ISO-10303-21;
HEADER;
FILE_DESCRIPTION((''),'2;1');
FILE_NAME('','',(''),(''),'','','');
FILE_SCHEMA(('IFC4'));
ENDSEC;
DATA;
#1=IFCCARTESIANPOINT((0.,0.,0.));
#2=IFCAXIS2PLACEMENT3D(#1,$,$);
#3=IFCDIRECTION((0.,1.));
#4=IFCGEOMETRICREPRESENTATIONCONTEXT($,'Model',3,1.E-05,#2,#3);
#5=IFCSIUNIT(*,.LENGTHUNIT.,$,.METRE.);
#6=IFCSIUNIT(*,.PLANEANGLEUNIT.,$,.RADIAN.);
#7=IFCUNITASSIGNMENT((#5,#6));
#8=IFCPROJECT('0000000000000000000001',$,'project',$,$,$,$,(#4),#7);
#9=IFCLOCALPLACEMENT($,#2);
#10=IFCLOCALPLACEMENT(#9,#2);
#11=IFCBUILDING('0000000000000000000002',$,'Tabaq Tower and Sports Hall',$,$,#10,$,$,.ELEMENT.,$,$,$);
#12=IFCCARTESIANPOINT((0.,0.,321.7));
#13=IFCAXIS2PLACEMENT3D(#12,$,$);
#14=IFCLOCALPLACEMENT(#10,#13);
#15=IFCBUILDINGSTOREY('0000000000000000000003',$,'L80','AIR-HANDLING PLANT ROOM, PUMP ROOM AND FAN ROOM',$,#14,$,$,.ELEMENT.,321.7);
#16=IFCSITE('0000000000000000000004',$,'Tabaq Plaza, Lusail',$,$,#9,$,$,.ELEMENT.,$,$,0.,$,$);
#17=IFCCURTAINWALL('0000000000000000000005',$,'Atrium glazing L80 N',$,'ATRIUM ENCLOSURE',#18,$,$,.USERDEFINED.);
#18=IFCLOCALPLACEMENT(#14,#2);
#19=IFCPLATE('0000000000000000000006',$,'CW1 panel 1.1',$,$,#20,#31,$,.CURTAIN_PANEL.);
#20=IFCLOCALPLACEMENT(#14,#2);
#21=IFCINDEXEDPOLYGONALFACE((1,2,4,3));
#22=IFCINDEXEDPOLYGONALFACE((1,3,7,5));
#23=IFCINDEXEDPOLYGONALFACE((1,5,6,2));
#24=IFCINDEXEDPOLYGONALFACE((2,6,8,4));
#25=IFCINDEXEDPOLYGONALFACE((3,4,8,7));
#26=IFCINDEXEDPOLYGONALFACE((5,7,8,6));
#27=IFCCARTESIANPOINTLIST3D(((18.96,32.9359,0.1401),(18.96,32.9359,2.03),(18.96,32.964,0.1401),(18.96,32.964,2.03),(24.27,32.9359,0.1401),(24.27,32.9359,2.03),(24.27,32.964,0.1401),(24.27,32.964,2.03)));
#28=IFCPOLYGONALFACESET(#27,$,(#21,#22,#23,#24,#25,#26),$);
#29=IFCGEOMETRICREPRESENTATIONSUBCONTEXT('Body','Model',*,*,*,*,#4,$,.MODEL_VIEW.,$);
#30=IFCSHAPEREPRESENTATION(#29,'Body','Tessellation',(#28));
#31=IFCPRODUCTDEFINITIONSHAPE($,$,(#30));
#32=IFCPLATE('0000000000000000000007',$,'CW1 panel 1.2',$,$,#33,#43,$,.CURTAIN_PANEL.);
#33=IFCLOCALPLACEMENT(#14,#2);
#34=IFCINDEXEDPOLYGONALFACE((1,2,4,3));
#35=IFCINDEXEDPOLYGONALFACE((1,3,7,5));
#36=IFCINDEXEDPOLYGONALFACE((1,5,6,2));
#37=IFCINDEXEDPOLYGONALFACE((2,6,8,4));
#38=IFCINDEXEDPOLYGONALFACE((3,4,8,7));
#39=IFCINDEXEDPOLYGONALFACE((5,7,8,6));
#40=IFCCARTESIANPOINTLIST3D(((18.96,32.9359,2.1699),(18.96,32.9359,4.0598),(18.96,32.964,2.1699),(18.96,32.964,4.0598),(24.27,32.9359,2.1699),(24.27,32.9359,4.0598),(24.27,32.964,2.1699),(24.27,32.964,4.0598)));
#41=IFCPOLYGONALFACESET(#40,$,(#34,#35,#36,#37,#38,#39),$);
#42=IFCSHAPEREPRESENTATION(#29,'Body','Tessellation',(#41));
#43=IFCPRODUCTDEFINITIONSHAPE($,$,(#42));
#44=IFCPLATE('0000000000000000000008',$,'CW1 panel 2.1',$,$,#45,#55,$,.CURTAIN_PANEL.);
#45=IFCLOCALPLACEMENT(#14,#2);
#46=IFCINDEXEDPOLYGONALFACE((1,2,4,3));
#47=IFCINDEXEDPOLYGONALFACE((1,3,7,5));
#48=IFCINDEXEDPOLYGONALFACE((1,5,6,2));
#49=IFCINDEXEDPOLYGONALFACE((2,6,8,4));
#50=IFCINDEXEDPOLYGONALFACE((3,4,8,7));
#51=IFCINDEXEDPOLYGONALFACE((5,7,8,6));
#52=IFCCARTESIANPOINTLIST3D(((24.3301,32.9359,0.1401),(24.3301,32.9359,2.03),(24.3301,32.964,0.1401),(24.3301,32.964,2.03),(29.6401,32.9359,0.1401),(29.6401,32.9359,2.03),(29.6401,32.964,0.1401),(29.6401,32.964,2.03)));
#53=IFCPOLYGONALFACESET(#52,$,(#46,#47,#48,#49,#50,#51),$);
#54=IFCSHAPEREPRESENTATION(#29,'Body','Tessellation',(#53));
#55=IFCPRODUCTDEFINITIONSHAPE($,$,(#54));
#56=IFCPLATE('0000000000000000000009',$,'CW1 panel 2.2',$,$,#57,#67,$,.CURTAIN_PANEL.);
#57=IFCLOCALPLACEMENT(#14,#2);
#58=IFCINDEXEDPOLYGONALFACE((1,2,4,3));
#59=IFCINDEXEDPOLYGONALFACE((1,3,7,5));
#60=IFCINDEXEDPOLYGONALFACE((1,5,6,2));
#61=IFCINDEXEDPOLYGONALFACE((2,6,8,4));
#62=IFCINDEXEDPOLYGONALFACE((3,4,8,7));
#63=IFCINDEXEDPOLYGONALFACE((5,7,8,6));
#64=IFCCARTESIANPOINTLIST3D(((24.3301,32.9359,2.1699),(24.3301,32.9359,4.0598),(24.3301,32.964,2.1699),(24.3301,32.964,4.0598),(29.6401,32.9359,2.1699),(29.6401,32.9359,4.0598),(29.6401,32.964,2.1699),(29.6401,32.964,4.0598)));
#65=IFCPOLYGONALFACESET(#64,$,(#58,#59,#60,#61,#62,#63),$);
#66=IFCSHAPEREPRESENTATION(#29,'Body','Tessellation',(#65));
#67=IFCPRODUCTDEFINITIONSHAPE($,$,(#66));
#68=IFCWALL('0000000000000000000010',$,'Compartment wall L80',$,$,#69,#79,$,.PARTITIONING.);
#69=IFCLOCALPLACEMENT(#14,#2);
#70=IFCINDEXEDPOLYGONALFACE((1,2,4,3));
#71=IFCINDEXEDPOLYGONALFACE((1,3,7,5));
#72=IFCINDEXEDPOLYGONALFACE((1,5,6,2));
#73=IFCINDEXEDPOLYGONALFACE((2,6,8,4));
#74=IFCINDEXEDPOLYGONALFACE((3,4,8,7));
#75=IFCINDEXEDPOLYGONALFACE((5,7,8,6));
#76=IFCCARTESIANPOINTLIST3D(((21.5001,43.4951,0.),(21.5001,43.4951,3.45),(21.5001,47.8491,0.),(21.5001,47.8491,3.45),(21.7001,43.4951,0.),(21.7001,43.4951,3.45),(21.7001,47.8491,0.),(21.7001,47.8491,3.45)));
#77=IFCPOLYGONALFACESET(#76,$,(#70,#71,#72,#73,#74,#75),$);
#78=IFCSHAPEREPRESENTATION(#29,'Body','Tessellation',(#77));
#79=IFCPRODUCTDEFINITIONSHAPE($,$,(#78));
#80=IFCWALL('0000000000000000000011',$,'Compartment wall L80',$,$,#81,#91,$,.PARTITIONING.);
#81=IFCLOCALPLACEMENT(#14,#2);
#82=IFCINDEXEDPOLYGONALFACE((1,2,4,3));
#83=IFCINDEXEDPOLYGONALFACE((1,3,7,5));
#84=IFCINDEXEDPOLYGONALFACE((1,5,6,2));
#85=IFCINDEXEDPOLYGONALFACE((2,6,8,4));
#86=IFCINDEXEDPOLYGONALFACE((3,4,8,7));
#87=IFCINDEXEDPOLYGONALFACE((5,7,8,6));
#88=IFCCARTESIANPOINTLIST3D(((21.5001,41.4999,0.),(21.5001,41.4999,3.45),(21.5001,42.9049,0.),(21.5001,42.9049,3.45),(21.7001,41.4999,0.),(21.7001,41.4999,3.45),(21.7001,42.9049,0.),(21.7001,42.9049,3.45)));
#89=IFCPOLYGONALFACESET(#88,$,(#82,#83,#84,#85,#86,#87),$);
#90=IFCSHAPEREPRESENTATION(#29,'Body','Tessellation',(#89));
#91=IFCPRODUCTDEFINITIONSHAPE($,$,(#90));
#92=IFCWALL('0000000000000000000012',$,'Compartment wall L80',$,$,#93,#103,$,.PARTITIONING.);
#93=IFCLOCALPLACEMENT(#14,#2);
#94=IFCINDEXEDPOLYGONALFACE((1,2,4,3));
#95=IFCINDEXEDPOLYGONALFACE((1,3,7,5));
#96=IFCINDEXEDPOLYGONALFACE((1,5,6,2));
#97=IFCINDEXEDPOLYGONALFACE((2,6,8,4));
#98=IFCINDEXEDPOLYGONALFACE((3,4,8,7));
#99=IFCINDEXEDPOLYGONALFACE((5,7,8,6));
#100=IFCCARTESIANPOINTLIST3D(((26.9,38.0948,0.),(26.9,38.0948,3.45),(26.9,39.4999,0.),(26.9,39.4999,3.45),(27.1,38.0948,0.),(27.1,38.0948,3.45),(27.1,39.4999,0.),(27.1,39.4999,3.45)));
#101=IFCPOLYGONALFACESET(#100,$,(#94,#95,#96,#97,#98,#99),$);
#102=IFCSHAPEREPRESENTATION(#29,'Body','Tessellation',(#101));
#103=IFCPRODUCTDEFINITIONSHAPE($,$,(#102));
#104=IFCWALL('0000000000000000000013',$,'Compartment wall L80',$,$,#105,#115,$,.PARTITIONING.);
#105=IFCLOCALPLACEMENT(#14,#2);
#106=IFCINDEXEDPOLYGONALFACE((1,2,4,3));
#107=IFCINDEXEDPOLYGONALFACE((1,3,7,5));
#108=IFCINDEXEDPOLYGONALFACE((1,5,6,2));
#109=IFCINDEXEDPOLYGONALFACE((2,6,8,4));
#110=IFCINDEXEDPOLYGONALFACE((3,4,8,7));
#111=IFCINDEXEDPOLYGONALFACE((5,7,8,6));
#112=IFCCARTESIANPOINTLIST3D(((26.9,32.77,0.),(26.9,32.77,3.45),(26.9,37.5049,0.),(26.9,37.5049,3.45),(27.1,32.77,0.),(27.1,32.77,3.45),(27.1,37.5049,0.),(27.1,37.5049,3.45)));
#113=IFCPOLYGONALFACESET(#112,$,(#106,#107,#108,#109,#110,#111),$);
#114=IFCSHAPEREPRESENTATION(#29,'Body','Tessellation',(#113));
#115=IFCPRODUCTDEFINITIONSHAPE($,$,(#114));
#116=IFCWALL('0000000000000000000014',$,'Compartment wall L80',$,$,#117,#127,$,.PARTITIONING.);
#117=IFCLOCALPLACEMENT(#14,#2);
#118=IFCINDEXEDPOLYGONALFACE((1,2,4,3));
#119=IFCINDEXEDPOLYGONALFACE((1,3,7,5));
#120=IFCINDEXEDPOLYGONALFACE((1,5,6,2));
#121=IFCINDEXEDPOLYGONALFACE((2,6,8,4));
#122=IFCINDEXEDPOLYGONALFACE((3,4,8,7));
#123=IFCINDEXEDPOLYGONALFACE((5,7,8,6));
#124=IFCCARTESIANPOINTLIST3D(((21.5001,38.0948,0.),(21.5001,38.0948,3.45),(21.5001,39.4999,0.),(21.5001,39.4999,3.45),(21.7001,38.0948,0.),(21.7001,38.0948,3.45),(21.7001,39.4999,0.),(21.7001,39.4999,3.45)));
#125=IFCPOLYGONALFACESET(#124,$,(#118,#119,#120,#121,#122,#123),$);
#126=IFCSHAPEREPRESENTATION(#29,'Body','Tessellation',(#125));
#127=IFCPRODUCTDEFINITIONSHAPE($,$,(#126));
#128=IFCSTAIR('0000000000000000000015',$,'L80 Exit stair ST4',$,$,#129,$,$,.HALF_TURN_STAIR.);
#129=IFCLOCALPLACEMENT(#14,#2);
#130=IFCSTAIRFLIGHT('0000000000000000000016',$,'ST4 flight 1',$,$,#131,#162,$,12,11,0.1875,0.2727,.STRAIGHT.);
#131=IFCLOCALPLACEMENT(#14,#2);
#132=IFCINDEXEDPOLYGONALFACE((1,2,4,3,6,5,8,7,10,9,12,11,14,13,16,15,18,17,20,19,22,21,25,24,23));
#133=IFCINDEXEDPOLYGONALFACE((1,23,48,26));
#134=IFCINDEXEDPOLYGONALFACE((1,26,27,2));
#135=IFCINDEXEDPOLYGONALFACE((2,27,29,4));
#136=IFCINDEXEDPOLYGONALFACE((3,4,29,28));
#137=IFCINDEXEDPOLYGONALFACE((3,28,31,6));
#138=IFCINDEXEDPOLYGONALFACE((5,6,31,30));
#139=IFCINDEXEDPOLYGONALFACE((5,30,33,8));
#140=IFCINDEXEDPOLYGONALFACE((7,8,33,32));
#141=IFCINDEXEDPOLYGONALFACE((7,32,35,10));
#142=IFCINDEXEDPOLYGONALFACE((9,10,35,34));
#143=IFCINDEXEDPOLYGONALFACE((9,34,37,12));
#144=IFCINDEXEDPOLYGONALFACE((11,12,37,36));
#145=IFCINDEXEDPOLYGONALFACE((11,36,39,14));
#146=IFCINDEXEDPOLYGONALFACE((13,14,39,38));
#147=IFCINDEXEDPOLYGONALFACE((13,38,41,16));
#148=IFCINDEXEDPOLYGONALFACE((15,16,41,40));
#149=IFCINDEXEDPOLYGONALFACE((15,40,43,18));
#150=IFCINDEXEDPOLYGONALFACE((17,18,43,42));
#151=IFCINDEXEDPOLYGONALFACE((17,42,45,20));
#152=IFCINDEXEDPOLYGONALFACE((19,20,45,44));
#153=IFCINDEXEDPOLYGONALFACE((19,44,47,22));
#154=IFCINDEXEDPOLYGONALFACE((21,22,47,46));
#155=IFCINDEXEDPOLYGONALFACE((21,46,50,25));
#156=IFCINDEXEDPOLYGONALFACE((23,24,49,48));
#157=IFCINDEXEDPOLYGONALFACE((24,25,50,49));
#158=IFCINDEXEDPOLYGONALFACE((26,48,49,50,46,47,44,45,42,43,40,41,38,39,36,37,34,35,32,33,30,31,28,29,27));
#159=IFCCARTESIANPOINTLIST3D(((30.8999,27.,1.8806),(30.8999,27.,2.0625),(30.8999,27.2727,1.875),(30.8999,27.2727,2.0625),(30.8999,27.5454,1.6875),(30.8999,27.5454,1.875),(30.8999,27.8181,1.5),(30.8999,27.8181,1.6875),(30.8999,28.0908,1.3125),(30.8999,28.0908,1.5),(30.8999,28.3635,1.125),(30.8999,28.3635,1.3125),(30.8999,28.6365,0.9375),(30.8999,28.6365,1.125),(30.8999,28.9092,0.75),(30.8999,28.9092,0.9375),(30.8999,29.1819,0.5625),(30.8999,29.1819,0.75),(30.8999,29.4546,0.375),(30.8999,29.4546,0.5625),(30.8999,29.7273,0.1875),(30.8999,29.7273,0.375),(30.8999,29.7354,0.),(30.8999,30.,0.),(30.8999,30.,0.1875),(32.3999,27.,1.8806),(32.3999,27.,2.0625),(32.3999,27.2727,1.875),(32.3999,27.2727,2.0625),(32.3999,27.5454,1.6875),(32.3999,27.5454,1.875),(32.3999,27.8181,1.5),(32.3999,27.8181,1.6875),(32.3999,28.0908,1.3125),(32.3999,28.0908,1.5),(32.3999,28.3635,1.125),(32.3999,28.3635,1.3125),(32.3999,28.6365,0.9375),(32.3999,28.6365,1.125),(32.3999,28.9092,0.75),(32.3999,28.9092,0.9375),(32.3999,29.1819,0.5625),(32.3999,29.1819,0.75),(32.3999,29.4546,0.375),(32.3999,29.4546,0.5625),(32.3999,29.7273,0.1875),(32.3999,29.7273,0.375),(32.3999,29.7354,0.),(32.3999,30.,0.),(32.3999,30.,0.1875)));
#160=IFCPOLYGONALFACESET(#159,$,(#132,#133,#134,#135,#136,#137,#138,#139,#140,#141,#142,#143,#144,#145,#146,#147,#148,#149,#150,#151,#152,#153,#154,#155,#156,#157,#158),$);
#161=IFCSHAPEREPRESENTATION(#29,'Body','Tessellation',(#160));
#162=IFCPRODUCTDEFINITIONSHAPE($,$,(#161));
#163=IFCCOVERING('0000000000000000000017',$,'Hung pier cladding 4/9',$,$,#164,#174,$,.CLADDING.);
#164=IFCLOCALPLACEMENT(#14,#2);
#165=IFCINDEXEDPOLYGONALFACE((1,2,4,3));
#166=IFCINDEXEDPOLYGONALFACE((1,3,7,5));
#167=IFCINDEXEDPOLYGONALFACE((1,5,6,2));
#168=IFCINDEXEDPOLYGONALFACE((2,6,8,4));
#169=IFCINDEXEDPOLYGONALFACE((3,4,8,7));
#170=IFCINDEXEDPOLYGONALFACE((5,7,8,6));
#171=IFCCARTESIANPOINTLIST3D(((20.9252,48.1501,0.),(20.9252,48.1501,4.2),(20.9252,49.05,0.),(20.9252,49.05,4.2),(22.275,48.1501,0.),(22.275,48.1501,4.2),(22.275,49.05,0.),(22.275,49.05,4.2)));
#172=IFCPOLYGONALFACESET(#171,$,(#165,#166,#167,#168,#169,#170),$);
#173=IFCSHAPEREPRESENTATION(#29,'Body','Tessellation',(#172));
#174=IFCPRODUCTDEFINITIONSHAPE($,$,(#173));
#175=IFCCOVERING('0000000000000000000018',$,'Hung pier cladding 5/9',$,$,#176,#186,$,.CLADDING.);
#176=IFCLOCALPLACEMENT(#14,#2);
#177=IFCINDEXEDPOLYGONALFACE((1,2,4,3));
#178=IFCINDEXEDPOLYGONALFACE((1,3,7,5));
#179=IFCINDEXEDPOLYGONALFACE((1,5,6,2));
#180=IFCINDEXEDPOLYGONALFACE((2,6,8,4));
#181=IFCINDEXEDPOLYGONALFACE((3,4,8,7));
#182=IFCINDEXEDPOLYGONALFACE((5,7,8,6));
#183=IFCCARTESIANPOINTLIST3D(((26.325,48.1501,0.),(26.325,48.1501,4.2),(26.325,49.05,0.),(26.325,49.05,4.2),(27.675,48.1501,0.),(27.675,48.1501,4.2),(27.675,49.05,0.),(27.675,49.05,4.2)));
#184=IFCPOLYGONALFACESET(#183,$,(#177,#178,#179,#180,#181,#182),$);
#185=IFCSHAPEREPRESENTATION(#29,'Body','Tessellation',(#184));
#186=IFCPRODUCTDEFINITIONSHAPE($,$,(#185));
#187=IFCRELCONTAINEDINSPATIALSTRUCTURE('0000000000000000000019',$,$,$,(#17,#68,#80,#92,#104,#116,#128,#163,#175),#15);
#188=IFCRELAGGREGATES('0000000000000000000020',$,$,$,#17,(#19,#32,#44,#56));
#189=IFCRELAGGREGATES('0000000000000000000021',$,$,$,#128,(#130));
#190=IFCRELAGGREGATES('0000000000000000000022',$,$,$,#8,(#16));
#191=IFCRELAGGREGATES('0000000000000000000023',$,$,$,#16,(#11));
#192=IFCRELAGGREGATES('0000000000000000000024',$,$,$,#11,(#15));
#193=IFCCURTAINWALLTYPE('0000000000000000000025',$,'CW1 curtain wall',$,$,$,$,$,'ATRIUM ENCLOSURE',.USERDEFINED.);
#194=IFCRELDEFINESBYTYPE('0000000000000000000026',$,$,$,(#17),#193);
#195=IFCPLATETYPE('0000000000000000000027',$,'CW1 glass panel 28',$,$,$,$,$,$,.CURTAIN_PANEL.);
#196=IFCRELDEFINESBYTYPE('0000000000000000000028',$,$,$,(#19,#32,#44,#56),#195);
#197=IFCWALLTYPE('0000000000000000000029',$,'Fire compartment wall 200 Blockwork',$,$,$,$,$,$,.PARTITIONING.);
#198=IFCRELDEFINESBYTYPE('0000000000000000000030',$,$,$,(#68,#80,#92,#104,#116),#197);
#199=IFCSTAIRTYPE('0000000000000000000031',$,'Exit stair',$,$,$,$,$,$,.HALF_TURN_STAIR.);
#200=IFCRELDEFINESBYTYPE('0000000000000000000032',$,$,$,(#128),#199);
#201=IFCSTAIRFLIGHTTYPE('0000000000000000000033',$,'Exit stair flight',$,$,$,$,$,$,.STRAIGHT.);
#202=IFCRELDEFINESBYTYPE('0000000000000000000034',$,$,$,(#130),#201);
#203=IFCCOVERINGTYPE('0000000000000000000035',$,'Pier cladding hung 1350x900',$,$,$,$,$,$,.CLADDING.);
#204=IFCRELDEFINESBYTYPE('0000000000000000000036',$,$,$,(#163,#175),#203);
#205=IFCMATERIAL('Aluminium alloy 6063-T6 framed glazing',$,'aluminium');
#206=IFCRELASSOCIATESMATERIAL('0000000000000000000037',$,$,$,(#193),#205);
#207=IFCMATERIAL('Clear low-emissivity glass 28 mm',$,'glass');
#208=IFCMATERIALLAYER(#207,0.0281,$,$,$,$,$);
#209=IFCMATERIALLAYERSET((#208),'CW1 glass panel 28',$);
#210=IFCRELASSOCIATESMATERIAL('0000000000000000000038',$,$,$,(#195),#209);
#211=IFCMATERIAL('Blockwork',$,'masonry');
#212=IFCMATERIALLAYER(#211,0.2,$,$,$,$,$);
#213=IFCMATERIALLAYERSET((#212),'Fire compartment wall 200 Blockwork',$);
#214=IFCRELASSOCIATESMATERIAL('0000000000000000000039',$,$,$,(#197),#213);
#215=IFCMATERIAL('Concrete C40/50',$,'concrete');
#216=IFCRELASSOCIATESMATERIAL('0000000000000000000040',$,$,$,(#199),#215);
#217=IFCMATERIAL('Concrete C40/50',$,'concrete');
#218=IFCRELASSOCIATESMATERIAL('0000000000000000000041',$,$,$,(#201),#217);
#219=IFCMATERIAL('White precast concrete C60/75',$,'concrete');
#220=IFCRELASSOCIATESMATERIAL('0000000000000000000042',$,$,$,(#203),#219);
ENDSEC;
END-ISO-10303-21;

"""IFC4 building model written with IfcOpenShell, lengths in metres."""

from ifc_helpers import new_model, si_unit, direction, frame, frame_2d, origin, origin_2d, place, context, subcontext, project, spatial, polyline, rectangle, outline, extrude, material, layer, layer_set, type_object, element, aggregate, save


model = new_model("IFC4")

# Units and contexts
model_context = context("Model", 3, precision=1e-05, world=origin(), true_north=direction((0.0, 1.0)))
body_context = subcontext(model_context, "Body", "Model", "MODEL_VIEW")
ifc_project = project(units=[si_unit("LENGTHUNIT", "METRE"), si_unit("PLANEANGLEUNIT", "RADIAN")], contexts=[model_context])

# Site, building, storey
site_placement = place(None, origin())
site = spatial("IfcSite", under=ifc_project, at=site_placement, Name="Tabaq Plaza, Lusail", CompositionType="ELEMENT", RefElevation=0.0)
building_placement = place(site_placement, origin())
building = spatial("IfcBuilding", under=site, at=building_placement, Name="Tabaq Tower and Sports Hall", CompositionType="ELEMENT")
storey_placement = place(building_placement, frame((0.0, 0.0, 321.7)))
storey = spatial("IfcBuildingStorey", under=building, at=storey_placement, Name="L80", Description="AIR-HANDLING PLANT ROOM, PUMP ROOM AND FAN ROOM", CompositionType="ELEMENT", Elevation=321.7)

# Curtain wall
ifc_material_1 = material(Name="Aluminium alloy 6063-T6 framed glazing", Category="aluminium")
curtain_wall_type = type_object("IfcCurtainWallType", Name="CW1 curtain wall", ElementType="ATRIUM ENCLOSURE", PredefinedType="USERDEFINED", material=ifc_material_1)
curtain_wall_placement = place(storey_placement, origin())
curtain_wall = element("IfcCurtainWall", 1, at=curtain_wall_placement, inside=storey, type_object=curtain_wall_type, Name="Atrium glazing L80 N", ObjectType="ATRIUM ENCLOSURE", PredefinedType="USERDEFINED")

# Plates
ifc_material_2 = material(Name="Clear low-emissivity glass 28 mm", Category="glass")
ifc_layer_1 = layer(ifc_material_2, 0.0281)
ifc_layer_set_1 = layer_set([ifc_layer_1], Name="CW1 glass panel 28")
plate_type = type_object("IfcPlateType", Name="CW1 glass panel 28", PredefinedType="CURTAIN_PANEL", material=ifc_layer_set_1)
plate_1_placement = place(storey_placement, frame((21.615, 32.95, 0.1401), z_axis=(0.0, 0.0, 1.0), x_axis=(1.0, 0.0, 0.0)))
plate_1 = element("IfcPlate", 2, at=plate_1_placement, type_object=plate_type, Name="CW1 panel 1.1", PredefinedType="CURTAIN_PANEL", context=body_context, shape_type="SweptSolid", body=[
    extrude(rectangle(XDim=5.3101, YDim=0.0281, at=origin_2d()), origin(), (0.0, 0.0, 1.0), 1.8899),
])
plate_2_placement = place(storey_placement, frame((21.615, 32.95, 2.1699), z_axis=(0.0, 0.0, 1.0), x_axis=(1.0, 0.0, 0.0)))
plate_2 = element("IfcPlate", 3, at=plate_2_placement, type_object=plate_type, Name="CW1 panel 1.2", PredefinedType="CURTAIN_PANEL", context=body_context, shape_type="SweptSolid", body=[
    extrude(rectangle(XDim=5.3101, YDim=0.0281, at=origin_2d()), origin(), (0.0, 0.0, 1.0), 1.8899),
])
plate_3_placement = place(storey_placement, frame((26.9851, 32.95, 0.1401), z_axis=(0.0, 0.0, 1.0), x_axis=(1.0, 0.0, 0.0)))
plate_3 = element("IfcPlate", 4, at=plate_3_placement, type_object=plate_type, Name="CW1 panel 2.1", PredefinedType="CURTAIN_PANEL", context=body_context, shape_type="SweptSolid", body=[
    extrude(rectangle(XDim=5.3101, YDim=0.0281, at=origin_2d()), origin(), (0.0, 0.0, 1.0), 1.8899),
])
plate_4_placement = place(storey_placement, frame((26.9851, 32.95, 2.1699), z_axis=(0.0, 0.0, 1.0), x_axis=(1.0, 0.0, 0.0)))
plate_4 = element("IfcPlate", 5, at=plate_4_placement, type_object=plate_type, Name="CW1 panel 2.2", PredefinedType="CURTAIN_PANEL", context=body_context, shape_type="SweptSolid", body=[
    extrude(rectangle(XDim=5.3101, YDim=0.0281, at=origin_2d()), origin(), (0.0, 0.0, 1.0), 1.8899),
])
aggregate(curtain_wall, [plate_1, plate_2, plate_3, plate_4])

# Walls
ifc_material_3 = material(Name="Blockwork", Category="masonry")
ifc_layer_2 = layer(ifc_material_3, 0.2)
ifc_layer_set_2 = layer_set([ifc_layer_2], Name="Fire compartment wall 200 Blockwork")
wall_type_1 = type_object("IfcWallType", Name="Fire compartment wall 200 Blockwork", PredefinedType="PARTITIONING", material=ifc_layer_set_2)
wall_1_placement = place(storey_placement, frame((21.6001, 47.8491, 0.0), z_axis=(0.0, 0.0, 1.0), x_axis=(0.0, -1.0, 0.0)))
element("IfcWall", 6, at=wall_1_placement, inside=storey, type_object=wall_type_1, Name="Compartment wall L80", PredefinedType="PARTITIONING", context=body_context, shape_type="SweptSolid", body=[
    extrude(rectangle(XDim=4.354, YDim=0.2, at=frame_2d((2.177, 0.0))), origin(), (0.0, 0.0, 1.0), 3.45),
])
for number, where, z_axis, x_axis, name in (
    (7, (21.6001, 42.905, 0.0), (0.0, 0.0, 1.0), (0.0, -1.0, 0.0), "Compartment wall L80"),
    (8, (27.0, 39.5, 0.0), (0.0, 0.0, 1.0), (0.0, -1.0, 0.0), "Compartment wall L80"),
):
    element("IfcWall", number, at=place(storey_placement, frame(where, z_axis=z_axis, x_axis=x_axis)), inside=storey, type_object=wall_type_1, Name=name, PredefinedType="PARTITIONING", context=body_context, shape_type="SweptSolid", body=[
        extrude(rectangle(XDim=1.405, YDim=0.2, at=frame_2d((0.7026, 0.0))), origin(), (0.0, 0.0, 1.0), 3.45),
    ])
wall_2_placement = place(storey_placement, frame((27.0, 37.5049, 0.0), z_axis=(0.0, 0.0, 1.0), x_axis=(0.0, -1.0, 0.0)))
element("IfcWall", 9, at=wall_2_placement, inside=storey, type_object=wall_type_1, Name="Compartment wall L80", PredefinedType="PARTITIONING", context=body_context, shape_type="SweptSolid", body=[
    extrude(rectangle(XDim=4.7349, YDim=0.2, at=frame_2d((2.3674, 0.0))), origin(), (0.0, 0.0, 1.0), 3.45),
])
wall_3_placement = place(storey_placement, frame((21.6001, 39.5, 0.0), z_axis=(0.0, 0.0, 1.0), x_axis=(0.0, -1.0, 0.0)))
element("IfcWall", 10, at=wall_3_placement, inside=storey, type_object=wall_type_1, Name="Compartment wall L80", PredefinedType="PARTITIONING", context=body_context, shape_type="SweptSolid", body=[
    extrude(rectangle(XDim=1.405, YDim=0.2, at=frame_2d((0.7026, 0.0))), origin(), (0.0, 0.0, 1.0), 3.45),
])

# Stair, stair flight
ifc_material_4 = material(Name="Concrete C40/50", Category="concrete")
stair_type = type_object("IfcStairType", Name="Exit stair", PredefinedType="HALF_TURN_STAIR", material=ifc_material_4)
stair_placement = place(storey_placement, origin())
stair = element("IfcStair", 11, at=stair_placement, inside=storey, type_object=stair_type, Name="L80 Exit stair ST4", PredefinedType="HALF_TURN_STAIR")
ifc_material_5 = material(Name="Concrete C40/50", Category="concrete")
stair_flight_type = type_object("IfcStairFlightType", Name="Exit stair flight", PredefinedType="STRAIGHT", material=ifc_material_5)
stair_flight_placement = place(storey_placement, frame((31.6499, 30.0, 0.0), z_axis=(0.0, 0.0, 1.0), x_axis=(0.0, -1.0, 0.0)))
stair_flight = element("IfcStairFlight", 12, at=stair_flight_placement, type_object=stair_flight_type, Name="ST4 flight 1", NumberOfRisers=12, NumberOfTreads=11, PredefinedType="STRAIGHT", RiserHeight=0.1875, TreadLength=0.2727, context=body_context, shape_type="SweptSolid", body=[
    extrude(outline(polyline([(0.0, 0.0), (0.0, 0.1875), (0.2727, 0.1875), (0.2727, 0.375), (0.5454, 0.375), (0.5454, 0.5625), (0.8181, 0.5625), (0.8181, 0.75), (1.0908, 0.75), (1.0908, 0.9375), (1.3635, 0.9375), (1.3635, 1.125), (1.6365, 1.125), (1.6365, 1.3125), (1.9092, 1.3125), (1.9092, 1.5), (2.1819, 1.5), (2.1819, 1.6875), (2.4546, 1.6875), (2.4546, 1.875), (2.7273, 1.875), (2.7273, 2.0625), (3.0, 2.0625), (3.0, 2.25), (3.0, 1.8806), (0.2646, 0.0), (0.0, 0.0)])), frame((0.0, 0.75, 0.0), z_axis=(0.0, -1.0, 0.0), x_axis=(1.0, 0.0, 0.0)), (0.0, 0.0, 1.0), 1.5),
])
aggregate(stair, [stair_flight])

# Coverings
ifc_material_6 = material(Name="White precast concrete C60/75", Category="concrete")
covering_type_1 = type_object("IfcCoveringType", Name="Pier cladding hung 1350x900", PredefinedType="CLADDING", material=ifc_material_6)
covering_1_placement = place(storey_placement, frame((22.2749, 48.6001, 0.0), z_axis=(0.0, 0.0, 1.0), x_axis=(-1.0, 0.0, 0.0)))
element("IfcCovering", 13, at=covering_1_placement, inside=storey, type_object=covering_type_1, Name="Hung pier cladding 4/9", PredefinedType="CLADDING", context=body_context, shape_type="SweptSolid", body=[
    extrude(rectangle(XDim=1.3499, YDim=0.8999, at=frame_2d((0.6748, 0.0))), origin(), (0.0, 0.0, 1.0), 4.2),
])
covering_2_placement = place(storey_placement, frame((27.675, 48.6001, 0.0), z_axis=(0.0, 0.0, 1.0), x_axis=(-1.0, 0.0, 0.0)))
element("IfcCovering", 14, at=covering_2_placement, inside=storey, type_object=covering_type_1, Name="Hung pier cladding 5/9", PredefinedType="CLADDING", context=body_context, shape_type="SweptSolid", body=[
    extrude(rectangle(XDim=1.3501, YDim=0.8999, at=frame_2d((0.675, 0.0))), origin(), (0.0, 0.0, 1.0), 4.2),
])

save(model, "model.ifc")
